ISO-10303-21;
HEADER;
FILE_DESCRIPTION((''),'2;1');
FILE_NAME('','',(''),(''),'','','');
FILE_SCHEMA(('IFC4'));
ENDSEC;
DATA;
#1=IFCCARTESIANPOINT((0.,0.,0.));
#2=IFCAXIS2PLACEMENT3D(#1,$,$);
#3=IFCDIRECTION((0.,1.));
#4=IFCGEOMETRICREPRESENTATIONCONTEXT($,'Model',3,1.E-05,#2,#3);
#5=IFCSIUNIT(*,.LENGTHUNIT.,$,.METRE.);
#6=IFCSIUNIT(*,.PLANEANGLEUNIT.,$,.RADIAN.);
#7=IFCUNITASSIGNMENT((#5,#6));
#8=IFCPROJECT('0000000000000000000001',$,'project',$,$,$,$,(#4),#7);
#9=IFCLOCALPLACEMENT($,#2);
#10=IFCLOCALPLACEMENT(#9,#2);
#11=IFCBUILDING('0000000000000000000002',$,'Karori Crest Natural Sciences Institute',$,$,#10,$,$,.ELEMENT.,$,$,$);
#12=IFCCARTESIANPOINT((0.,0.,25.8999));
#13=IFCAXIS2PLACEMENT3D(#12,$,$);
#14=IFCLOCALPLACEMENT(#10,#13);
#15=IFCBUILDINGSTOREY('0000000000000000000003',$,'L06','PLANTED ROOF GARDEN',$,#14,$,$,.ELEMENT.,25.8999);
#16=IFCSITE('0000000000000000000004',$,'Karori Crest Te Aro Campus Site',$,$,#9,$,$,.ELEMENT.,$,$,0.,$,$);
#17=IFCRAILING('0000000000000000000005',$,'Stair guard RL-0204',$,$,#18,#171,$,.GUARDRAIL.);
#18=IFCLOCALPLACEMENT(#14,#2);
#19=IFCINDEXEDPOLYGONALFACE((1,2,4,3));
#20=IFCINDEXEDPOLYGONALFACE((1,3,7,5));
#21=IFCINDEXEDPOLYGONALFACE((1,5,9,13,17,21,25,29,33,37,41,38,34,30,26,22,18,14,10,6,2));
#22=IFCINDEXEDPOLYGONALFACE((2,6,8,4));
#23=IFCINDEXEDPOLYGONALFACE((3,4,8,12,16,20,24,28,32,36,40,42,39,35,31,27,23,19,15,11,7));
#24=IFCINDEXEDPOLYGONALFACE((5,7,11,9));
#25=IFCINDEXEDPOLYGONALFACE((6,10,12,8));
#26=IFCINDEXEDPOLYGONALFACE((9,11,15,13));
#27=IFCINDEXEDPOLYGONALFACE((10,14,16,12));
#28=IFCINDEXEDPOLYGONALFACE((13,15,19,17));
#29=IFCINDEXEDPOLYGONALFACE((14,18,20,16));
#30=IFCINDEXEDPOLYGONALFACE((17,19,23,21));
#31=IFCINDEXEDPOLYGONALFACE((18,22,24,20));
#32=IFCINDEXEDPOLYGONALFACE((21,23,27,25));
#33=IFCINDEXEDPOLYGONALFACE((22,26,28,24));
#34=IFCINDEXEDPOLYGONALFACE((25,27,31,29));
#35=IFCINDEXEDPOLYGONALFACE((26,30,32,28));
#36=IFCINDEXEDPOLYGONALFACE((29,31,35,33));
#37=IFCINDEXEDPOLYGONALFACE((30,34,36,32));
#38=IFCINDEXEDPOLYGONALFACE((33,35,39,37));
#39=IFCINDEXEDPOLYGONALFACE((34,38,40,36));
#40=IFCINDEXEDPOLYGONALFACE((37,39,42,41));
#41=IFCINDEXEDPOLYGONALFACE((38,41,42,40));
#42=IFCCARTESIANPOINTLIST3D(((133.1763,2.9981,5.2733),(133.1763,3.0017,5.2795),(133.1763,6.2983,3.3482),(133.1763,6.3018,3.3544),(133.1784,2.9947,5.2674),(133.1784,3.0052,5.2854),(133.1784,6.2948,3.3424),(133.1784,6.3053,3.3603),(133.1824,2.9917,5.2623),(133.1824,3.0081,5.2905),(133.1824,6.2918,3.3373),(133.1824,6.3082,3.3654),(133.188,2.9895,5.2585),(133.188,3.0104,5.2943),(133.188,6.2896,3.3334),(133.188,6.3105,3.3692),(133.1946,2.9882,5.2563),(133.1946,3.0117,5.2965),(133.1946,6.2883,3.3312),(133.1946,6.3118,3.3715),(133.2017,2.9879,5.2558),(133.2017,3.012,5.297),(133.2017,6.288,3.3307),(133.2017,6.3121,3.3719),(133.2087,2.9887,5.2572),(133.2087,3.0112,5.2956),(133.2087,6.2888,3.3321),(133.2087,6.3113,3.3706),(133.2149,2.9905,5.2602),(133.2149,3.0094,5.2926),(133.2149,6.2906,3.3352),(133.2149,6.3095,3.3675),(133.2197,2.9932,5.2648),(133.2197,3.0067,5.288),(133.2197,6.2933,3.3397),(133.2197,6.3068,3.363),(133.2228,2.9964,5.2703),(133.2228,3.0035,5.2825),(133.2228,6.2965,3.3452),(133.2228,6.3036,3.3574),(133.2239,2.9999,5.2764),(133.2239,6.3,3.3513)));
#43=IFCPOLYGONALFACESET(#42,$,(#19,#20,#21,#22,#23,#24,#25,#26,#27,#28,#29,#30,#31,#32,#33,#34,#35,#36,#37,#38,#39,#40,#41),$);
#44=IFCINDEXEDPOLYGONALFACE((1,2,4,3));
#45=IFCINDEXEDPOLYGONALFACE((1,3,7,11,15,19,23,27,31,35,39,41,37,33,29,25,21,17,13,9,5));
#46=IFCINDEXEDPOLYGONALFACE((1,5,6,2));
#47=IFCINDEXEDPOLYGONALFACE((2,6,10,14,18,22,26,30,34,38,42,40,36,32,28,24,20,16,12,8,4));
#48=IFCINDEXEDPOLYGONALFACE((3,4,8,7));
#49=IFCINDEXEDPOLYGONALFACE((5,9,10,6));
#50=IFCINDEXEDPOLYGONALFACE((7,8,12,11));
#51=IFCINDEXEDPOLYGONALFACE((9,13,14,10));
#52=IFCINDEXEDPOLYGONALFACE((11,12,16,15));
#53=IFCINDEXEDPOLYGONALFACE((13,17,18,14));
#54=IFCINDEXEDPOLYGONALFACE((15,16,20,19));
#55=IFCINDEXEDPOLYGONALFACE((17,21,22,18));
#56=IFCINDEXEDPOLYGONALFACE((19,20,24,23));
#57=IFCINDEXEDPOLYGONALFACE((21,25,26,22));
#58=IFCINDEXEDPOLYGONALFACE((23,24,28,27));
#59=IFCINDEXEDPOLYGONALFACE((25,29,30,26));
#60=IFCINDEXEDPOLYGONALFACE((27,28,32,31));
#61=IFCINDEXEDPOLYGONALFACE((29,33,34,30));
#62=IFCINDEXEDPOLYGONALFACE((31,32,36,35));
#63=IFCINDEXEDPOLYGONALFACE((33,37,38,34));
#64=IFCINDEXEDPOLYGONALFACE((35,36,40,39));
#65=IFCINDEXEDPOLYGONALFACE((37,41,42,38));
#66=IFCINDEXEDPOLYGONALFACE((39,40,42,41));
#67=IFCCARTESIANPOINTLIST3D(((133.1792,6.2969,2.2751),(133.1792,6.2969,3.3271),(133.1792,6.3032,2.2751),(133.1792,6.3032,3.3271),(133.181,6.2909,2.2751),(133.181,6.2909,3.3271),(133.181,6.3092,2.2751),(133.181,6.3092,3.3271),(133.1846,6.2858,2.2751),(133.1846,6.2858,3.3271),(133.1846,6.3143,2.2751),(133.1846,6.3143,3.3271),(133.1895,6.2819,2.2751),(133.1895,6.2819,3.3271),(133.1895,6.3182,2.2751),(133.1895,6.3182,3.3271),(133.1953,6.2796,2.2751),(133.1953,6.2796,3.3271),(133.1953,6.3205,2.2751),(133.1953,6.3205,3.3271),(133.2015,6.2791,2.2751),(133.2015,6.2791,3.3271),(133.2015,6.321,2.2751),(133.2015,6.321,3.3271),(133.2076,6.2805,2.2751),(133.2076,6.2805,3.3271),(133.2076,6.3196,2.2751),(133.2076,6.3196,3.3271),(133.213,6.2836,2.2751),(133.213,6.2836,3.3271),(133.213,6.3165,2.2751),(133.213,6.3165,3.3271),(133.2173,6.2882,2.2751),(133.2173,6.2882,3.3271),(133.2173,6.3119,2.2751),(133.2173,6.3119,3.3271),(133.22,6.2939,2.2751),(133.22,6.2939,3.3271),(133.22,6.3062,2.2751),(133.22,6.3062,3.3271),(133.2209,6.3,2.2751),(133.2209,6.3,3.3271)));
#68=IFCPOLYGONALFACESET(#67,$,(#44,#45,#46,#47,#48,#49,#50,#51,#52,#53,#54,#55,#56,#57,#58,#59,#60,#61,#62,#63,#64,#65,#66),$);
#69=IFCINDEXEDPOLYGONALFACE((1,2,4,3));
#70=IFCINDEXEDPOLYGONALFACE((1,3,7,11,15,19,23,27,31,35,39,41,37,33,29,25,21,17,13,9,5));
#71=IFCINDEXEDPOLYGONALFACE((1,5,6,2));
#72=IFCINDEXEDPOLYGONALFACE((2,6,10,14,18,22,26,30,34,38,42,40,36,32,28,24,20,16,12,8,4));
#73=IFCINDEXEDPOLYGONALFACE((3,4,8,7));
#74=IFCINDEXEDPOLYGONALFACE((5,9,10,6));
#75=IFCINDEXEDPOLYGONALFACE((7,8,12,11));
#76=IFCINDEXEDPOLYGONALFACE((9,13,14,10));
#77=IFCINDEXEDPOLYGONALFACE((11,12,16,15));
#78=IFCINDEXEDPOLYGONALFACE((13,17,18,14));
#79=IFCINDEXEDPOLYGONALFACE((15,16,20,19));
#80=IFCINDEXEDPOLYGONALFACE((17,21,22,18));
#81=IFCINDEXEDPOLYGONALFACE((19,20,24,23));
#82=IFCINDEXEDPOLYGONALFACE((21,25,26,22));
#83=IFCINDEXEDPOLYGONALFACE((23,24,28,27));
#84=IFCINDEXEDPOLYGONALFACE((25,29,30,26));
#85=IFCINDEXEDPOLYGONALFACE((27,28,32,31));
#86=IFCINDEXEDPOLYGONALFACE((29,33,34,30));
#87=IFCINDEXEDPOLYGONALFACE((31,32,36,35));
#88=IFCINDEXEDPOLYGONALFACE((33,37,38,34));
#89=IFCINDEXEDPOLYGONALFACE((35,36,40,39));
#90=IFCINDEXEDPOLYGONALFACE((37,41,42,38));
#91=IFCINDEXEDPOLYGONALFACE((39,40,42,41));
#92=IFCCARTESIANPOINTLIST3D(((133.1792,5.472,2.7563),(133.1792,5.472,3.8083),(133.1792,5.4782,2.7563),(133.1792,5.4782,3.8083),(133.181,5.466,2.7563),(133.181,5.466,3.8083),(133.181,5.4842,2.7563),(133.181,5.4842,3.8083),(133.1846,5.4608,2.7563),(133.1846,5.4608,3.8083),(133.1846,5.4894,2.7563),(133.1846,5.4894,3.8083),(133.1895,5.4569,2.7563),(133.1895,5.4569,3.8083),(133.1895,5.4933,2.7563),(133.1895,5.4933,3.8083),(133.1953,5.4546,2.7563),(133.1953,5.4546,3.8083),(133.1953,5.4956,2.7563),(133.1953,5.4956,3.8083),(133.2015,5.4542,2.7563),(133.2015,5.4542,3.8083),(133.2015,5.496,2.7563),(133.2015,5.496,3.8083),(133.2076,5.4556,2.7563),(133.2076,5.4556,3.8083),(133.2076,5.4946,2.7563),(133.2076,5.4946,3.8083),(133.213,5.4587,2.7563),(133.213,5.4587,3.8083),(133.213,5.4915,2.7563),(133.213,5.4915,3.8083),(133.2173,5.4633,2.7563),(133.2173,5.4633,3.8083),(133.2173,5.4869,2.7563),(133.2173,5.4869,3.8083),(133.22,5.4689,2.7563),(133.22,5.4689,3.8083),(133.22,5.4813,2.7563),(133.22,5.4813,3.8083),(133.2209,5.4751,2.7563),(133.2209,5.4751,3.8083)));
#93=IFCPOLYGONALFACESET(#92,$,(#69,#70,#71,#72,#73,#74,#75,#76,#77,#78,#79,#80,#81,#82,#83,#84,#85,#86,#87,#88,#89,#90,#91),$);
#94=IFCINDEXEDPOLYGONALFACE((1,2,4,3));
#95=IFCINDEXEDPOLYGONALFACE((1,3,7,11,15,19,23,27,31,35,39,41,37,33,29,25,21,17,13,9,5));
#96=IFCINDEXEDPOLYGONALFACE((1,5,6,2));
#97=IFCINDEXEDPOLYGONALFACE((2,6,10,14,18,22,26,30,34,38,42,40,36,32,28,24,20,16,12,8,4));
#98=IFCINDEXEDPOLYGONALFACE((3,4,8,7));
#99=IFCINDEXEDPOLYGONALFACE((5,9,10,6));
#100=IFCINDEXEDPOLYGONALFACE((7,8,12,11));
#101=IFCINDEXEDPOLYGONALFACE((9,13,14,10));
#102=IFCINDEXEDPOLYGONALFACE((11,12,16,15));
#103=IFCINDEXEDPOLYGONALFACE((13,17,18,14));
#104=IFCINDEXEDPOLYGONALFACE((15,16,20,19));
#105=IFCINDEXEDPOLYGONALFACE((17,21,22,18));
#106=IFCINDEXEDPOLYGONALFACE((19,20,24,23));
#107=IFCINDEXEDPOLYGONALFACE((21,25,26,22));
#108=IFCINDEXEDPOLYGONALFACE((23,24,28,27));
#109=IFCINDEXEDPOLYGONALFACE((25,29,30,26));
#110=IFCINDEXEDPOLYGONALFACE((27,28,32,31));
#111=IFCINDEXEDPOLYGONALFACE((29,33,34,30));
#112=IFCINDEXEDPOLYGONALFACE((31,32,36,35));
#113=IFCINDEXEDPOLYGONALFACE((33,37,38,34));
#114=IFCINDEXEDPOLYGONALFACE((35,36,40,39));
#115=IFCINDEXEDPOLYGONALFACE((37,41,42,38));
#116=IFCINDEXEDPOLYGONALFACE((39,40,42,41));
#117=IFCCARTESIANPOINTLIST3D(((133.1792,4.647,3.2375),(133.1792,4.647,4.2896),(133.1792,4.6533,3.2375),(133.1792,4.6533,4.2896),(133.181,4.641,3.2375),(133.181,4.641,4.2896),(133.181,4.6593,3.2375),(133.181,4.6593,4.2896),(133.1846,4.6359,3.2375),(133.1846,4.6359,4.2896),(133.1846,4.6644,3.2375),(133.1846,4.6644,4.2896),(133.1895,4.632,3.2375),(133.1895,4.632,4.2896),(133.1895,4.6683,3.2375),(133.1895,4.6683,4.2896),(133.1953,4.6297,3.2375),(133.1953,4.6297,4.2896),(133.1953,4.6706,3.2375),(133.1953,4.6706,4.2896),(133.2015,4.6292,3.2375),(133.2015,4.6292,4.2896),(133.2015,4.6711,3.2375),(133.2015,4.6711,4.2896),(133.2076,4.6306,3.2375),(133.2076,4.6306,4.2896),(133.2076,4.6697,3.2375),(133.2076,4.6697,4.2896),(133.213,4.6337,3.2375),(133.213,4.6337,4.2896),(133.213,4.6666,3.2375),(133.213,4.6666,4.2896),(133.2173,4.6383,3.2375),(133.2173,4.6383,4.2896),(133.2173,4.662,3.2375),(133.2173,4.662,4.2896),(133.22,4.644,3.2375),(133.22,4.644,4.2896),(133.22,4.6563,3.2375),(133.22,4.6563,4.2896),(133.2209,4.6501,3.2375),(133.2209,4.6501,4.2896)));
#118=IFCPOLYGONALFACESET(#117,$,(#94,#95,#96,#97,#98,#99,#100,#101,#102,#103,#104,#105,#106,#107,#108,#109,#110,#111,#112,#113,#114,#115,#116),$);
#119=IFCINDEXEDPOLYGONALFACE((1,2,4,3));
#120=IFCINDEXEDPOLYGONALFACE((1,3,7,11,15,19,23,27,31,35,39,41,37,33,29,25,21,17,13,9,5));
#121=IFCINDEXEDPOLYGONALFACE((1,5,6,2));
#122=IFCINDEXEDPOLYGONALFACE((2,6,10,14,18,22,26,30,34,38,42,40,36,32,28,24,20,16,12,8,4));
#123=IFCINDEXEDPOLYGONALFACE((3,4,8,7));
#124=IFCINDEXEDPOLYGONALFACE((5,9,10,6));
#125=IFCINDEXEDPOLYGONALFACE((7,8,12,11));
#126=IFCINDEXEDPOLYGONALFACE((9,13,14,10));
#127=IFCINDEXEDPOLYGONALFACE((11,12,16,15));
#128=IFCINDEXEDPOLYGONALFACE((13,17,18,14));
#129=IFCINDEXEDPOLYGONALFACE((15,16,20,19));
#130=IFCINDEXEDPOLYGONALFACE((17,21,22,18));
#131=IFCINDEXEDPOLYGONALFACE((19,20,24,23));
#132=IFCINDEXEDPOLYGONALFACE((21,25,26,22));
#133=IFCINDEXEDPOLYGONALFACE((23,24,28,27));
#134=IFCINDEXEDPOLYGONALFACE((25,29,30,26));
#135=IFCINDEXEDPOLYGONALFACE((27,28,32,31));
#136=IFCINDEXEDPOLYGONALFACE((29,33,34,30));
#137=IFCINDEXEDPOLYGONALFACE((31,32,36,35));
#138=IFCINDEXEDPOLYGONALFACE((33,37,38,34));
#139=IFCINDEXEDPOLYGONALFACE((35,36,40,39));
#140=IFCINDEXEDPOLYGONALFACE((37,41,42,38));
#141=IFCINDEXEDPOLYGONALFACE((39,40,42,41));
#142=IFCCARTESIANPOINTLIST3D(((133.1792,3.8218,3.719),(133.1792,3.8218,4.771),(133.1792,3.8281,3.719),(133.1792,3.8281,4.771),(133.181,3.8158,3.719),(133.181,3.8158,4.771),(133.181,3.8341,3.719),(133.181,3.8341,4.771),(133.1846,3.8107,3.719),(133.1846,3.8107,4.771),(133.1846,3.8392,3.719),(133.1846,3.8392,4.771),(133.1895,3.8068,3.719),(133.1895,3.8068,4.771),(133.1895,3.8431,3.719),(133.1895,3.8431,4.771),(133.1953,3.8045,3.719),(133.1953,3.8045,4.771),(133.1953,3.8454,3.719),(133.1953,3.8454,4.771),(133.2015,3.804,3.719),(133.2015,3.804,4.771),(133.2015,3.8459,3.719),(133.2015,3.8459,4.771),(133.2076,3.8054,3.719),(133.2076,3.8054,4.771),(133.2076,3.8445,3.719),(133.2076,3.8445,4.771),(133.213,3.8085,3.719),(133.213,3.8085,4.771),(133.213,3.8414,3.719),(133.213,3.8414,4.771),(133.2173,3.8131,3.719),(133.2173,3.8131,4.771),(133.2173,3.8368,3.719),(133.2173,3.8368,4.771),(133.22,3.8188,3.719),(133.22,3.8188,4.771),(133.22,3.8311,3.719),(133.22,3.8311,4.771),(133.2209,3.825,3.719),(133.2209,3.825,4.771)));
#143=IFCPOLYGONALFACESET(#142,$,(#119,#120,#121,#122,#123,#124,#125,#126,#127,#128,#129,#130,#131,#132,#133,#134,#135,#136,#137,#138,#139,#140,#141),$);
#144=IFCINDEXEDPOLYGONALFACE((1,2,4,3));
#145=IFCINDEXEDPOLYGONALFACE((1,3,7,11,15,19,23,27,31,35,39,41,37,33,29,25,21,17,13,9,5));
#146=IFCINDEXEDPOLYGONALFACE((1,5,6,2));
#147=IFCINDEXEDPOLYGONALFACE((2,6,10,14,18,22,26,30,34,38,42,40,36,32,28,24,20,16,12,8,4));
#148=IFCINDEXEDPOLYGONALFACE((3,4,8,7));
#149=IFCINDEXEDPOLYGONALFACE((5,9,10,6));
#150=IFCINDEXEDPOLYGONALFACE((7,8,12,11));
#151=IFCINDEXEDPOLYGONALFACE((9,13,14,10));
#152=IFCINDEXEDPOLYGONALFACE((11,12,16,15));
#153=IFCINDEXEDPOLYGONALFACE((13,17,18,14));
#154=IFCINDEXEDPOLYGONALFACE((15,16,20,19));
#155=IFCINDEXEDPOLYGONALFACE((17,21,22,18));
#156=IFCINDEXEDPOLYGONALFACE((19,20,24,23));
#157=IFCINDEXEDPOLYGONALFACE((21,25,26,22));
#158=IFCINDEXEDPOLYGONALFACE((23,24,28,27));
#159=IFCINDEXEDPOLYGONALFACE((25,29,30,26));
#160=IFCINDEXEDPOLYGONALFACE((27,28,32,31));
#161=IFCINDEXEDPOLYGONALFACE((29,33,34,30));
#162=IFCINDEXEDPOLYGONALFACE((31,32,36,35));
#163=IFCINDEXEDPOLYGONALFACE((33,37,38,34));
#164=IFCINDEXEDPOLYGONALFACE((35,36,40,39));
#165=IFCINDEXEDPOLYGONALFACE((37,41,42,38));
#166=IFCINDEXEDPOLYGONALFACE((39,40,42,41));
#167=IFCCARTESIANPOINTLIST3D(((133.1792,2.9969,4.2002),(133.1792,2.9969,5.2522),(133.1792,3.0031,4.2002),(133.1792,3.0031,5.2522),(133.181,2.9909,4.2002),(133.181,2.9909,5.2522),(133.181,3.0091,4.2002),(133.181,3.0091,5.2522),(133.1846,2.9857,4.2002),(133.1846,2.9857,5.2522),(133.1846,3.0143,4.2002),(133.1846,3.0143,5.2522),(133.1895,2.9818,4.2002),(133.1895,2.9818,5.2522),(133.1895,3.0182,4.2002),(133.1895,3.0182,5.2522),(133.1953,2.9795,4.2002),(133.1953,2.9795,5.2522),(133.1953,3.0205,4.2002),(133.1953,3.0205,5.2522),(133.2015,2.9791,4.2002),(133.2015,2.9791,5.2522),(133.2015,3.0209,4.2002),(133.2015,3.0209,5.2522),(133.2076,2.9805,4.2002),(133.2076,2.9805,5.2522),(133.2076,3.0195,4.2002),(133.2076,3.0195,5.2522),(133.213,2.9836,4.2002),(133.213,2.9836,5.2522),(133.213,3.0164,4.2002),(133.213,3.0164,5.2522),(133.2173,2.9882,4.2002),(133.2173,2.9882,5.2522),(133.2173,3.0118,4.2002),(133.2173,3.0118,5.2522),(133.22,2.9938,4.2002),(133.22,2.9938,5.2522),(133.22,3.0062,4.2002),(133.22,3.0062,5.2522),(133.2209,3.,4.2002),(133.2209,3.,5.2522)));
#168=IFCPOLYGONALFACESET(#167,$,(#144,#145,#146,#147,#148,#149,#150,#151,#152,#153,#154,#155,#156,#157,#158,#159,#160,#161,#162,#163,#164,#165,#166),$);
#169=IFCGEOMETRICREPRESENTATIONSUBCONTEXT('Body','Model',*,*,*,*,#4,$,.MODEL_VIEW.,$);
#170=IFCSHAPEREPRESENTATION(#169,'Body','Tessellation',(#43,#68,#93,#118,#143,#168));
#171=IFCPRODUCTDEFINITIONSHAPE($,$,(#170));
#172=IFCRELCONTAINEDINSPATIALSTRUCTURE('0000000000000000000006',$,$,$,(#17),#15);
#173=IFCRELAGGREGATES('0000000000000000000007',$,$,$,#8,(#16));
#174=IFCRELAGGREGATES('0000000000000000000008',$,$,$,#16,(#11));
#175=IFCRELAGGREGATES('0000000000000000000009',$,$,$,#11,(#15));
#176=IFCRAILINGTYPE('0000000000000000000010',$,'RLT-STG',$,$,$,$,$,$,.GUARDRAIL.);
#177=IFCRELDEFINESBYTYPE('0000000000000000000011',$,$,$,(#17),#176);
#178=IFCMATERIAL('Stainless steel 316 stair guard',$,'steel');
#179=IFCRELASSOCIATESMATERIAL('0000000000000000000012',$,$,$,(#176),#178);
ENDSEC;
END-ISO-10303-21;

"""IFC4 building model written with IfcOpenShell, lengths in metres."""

from ifc_helpers import new_model, si_unit, direction, frame, origin, origin_2d, place, context, subcontext, project, spatial, circle, extrude, material, type_object, element, save


model = new_model("IFC4")

# Units and contexts
model_context = context("Model", 3, precision=1e-05, world=origin(), true_north=direction((0.0, 1.0)))
body_context = subcontext(model_context, "Body", "Model", "MODEL_VIEW")
ifc_project = project(units=[si_unit("LENGTHUNIT", "METRE"), si_unit("PLANEANGLEUNIT", "RADIAN")], contexts=[model_context])

# Site, building, storey
site_placement = place(None, origin())
site = spatial("IfcSite", under=ifc_project, at=site_placement, Name="Karori Crest Te Aro Campus Site", CompositionType="ELEMENT", RefElevation=0.0)
building_placement = place(site_placement, origin())
building = spatial("IfcBuilding", under=site, at=building_placement, Name="Karori Crest Natural Sciences Institute", CompositionType="ELEMENT")
storey_placement = place(building_placement, frame((0.0, 0.0, 25.8999)))
storey = spatial("IfcBuildingStorey", under=building, at=storey_placement, Name="L06", Description="PLANTED ROOF GARDEN", CompositionType="ELEMENT", Elevation=25.8999)

# Railing
ifc_material_1 = material(Name="Stainless steel 316 stair guard", Category="steel")
railing_type_1 = type_object("IfcRailingType", Name="RLT-STG", PredefinedType="GUARDRAIL", material=ifc_material_1)
railing_1_placement = place(storey_placement, frame((133.2, 6.3, 2.2751)))
element("IfcRailing", 1, at=railing_1_placement, inside=storey, type_object=railing_type_1, Name="Stair guard RL-0204", PredefinedType="GUARDRAIL", context=body_context, shape_type="SweptSolid", body=[
    extrude(circle(Radius=0.0239, at=origin_2d()), frame((0.0, 0.0, 1.0762), z_axis=(0.0, -0.863777, 0.503875), x_axis=(1.0, 0.0, 0.0)), (0.0, 0.0, 1.0), 3.8206),
    extrude(circle(Radius=0.021, at=origin_2d()), origin(), (0.0, 0.0, 1.0), 1.052),
    extrude(circle(Radius=0.021, at=origin_2d()), frame((0.0, -0.825, 0.4812)), (0.0, 0.0, 1.0), 1.052),
    extrude(circle(Radius=0.021, at=origin_2d()), frame((0.0, -1.6499, 0.9624)), (0.0, 0.0, 1.0), 1.052),
    extrude(circle(Radius=0.021, at=origin_2d()), frame((0.0, -2.4751, 1.4438)), (0.0, 0.0, 1.0), 1.052),
    extrude(circle(Radius=0.021, at=origin_2d()), frame((0.0, -3.3, 1.925)), (0.0, 0.0, 1.0), 1.052),
])

save(model, "model.ifc")
